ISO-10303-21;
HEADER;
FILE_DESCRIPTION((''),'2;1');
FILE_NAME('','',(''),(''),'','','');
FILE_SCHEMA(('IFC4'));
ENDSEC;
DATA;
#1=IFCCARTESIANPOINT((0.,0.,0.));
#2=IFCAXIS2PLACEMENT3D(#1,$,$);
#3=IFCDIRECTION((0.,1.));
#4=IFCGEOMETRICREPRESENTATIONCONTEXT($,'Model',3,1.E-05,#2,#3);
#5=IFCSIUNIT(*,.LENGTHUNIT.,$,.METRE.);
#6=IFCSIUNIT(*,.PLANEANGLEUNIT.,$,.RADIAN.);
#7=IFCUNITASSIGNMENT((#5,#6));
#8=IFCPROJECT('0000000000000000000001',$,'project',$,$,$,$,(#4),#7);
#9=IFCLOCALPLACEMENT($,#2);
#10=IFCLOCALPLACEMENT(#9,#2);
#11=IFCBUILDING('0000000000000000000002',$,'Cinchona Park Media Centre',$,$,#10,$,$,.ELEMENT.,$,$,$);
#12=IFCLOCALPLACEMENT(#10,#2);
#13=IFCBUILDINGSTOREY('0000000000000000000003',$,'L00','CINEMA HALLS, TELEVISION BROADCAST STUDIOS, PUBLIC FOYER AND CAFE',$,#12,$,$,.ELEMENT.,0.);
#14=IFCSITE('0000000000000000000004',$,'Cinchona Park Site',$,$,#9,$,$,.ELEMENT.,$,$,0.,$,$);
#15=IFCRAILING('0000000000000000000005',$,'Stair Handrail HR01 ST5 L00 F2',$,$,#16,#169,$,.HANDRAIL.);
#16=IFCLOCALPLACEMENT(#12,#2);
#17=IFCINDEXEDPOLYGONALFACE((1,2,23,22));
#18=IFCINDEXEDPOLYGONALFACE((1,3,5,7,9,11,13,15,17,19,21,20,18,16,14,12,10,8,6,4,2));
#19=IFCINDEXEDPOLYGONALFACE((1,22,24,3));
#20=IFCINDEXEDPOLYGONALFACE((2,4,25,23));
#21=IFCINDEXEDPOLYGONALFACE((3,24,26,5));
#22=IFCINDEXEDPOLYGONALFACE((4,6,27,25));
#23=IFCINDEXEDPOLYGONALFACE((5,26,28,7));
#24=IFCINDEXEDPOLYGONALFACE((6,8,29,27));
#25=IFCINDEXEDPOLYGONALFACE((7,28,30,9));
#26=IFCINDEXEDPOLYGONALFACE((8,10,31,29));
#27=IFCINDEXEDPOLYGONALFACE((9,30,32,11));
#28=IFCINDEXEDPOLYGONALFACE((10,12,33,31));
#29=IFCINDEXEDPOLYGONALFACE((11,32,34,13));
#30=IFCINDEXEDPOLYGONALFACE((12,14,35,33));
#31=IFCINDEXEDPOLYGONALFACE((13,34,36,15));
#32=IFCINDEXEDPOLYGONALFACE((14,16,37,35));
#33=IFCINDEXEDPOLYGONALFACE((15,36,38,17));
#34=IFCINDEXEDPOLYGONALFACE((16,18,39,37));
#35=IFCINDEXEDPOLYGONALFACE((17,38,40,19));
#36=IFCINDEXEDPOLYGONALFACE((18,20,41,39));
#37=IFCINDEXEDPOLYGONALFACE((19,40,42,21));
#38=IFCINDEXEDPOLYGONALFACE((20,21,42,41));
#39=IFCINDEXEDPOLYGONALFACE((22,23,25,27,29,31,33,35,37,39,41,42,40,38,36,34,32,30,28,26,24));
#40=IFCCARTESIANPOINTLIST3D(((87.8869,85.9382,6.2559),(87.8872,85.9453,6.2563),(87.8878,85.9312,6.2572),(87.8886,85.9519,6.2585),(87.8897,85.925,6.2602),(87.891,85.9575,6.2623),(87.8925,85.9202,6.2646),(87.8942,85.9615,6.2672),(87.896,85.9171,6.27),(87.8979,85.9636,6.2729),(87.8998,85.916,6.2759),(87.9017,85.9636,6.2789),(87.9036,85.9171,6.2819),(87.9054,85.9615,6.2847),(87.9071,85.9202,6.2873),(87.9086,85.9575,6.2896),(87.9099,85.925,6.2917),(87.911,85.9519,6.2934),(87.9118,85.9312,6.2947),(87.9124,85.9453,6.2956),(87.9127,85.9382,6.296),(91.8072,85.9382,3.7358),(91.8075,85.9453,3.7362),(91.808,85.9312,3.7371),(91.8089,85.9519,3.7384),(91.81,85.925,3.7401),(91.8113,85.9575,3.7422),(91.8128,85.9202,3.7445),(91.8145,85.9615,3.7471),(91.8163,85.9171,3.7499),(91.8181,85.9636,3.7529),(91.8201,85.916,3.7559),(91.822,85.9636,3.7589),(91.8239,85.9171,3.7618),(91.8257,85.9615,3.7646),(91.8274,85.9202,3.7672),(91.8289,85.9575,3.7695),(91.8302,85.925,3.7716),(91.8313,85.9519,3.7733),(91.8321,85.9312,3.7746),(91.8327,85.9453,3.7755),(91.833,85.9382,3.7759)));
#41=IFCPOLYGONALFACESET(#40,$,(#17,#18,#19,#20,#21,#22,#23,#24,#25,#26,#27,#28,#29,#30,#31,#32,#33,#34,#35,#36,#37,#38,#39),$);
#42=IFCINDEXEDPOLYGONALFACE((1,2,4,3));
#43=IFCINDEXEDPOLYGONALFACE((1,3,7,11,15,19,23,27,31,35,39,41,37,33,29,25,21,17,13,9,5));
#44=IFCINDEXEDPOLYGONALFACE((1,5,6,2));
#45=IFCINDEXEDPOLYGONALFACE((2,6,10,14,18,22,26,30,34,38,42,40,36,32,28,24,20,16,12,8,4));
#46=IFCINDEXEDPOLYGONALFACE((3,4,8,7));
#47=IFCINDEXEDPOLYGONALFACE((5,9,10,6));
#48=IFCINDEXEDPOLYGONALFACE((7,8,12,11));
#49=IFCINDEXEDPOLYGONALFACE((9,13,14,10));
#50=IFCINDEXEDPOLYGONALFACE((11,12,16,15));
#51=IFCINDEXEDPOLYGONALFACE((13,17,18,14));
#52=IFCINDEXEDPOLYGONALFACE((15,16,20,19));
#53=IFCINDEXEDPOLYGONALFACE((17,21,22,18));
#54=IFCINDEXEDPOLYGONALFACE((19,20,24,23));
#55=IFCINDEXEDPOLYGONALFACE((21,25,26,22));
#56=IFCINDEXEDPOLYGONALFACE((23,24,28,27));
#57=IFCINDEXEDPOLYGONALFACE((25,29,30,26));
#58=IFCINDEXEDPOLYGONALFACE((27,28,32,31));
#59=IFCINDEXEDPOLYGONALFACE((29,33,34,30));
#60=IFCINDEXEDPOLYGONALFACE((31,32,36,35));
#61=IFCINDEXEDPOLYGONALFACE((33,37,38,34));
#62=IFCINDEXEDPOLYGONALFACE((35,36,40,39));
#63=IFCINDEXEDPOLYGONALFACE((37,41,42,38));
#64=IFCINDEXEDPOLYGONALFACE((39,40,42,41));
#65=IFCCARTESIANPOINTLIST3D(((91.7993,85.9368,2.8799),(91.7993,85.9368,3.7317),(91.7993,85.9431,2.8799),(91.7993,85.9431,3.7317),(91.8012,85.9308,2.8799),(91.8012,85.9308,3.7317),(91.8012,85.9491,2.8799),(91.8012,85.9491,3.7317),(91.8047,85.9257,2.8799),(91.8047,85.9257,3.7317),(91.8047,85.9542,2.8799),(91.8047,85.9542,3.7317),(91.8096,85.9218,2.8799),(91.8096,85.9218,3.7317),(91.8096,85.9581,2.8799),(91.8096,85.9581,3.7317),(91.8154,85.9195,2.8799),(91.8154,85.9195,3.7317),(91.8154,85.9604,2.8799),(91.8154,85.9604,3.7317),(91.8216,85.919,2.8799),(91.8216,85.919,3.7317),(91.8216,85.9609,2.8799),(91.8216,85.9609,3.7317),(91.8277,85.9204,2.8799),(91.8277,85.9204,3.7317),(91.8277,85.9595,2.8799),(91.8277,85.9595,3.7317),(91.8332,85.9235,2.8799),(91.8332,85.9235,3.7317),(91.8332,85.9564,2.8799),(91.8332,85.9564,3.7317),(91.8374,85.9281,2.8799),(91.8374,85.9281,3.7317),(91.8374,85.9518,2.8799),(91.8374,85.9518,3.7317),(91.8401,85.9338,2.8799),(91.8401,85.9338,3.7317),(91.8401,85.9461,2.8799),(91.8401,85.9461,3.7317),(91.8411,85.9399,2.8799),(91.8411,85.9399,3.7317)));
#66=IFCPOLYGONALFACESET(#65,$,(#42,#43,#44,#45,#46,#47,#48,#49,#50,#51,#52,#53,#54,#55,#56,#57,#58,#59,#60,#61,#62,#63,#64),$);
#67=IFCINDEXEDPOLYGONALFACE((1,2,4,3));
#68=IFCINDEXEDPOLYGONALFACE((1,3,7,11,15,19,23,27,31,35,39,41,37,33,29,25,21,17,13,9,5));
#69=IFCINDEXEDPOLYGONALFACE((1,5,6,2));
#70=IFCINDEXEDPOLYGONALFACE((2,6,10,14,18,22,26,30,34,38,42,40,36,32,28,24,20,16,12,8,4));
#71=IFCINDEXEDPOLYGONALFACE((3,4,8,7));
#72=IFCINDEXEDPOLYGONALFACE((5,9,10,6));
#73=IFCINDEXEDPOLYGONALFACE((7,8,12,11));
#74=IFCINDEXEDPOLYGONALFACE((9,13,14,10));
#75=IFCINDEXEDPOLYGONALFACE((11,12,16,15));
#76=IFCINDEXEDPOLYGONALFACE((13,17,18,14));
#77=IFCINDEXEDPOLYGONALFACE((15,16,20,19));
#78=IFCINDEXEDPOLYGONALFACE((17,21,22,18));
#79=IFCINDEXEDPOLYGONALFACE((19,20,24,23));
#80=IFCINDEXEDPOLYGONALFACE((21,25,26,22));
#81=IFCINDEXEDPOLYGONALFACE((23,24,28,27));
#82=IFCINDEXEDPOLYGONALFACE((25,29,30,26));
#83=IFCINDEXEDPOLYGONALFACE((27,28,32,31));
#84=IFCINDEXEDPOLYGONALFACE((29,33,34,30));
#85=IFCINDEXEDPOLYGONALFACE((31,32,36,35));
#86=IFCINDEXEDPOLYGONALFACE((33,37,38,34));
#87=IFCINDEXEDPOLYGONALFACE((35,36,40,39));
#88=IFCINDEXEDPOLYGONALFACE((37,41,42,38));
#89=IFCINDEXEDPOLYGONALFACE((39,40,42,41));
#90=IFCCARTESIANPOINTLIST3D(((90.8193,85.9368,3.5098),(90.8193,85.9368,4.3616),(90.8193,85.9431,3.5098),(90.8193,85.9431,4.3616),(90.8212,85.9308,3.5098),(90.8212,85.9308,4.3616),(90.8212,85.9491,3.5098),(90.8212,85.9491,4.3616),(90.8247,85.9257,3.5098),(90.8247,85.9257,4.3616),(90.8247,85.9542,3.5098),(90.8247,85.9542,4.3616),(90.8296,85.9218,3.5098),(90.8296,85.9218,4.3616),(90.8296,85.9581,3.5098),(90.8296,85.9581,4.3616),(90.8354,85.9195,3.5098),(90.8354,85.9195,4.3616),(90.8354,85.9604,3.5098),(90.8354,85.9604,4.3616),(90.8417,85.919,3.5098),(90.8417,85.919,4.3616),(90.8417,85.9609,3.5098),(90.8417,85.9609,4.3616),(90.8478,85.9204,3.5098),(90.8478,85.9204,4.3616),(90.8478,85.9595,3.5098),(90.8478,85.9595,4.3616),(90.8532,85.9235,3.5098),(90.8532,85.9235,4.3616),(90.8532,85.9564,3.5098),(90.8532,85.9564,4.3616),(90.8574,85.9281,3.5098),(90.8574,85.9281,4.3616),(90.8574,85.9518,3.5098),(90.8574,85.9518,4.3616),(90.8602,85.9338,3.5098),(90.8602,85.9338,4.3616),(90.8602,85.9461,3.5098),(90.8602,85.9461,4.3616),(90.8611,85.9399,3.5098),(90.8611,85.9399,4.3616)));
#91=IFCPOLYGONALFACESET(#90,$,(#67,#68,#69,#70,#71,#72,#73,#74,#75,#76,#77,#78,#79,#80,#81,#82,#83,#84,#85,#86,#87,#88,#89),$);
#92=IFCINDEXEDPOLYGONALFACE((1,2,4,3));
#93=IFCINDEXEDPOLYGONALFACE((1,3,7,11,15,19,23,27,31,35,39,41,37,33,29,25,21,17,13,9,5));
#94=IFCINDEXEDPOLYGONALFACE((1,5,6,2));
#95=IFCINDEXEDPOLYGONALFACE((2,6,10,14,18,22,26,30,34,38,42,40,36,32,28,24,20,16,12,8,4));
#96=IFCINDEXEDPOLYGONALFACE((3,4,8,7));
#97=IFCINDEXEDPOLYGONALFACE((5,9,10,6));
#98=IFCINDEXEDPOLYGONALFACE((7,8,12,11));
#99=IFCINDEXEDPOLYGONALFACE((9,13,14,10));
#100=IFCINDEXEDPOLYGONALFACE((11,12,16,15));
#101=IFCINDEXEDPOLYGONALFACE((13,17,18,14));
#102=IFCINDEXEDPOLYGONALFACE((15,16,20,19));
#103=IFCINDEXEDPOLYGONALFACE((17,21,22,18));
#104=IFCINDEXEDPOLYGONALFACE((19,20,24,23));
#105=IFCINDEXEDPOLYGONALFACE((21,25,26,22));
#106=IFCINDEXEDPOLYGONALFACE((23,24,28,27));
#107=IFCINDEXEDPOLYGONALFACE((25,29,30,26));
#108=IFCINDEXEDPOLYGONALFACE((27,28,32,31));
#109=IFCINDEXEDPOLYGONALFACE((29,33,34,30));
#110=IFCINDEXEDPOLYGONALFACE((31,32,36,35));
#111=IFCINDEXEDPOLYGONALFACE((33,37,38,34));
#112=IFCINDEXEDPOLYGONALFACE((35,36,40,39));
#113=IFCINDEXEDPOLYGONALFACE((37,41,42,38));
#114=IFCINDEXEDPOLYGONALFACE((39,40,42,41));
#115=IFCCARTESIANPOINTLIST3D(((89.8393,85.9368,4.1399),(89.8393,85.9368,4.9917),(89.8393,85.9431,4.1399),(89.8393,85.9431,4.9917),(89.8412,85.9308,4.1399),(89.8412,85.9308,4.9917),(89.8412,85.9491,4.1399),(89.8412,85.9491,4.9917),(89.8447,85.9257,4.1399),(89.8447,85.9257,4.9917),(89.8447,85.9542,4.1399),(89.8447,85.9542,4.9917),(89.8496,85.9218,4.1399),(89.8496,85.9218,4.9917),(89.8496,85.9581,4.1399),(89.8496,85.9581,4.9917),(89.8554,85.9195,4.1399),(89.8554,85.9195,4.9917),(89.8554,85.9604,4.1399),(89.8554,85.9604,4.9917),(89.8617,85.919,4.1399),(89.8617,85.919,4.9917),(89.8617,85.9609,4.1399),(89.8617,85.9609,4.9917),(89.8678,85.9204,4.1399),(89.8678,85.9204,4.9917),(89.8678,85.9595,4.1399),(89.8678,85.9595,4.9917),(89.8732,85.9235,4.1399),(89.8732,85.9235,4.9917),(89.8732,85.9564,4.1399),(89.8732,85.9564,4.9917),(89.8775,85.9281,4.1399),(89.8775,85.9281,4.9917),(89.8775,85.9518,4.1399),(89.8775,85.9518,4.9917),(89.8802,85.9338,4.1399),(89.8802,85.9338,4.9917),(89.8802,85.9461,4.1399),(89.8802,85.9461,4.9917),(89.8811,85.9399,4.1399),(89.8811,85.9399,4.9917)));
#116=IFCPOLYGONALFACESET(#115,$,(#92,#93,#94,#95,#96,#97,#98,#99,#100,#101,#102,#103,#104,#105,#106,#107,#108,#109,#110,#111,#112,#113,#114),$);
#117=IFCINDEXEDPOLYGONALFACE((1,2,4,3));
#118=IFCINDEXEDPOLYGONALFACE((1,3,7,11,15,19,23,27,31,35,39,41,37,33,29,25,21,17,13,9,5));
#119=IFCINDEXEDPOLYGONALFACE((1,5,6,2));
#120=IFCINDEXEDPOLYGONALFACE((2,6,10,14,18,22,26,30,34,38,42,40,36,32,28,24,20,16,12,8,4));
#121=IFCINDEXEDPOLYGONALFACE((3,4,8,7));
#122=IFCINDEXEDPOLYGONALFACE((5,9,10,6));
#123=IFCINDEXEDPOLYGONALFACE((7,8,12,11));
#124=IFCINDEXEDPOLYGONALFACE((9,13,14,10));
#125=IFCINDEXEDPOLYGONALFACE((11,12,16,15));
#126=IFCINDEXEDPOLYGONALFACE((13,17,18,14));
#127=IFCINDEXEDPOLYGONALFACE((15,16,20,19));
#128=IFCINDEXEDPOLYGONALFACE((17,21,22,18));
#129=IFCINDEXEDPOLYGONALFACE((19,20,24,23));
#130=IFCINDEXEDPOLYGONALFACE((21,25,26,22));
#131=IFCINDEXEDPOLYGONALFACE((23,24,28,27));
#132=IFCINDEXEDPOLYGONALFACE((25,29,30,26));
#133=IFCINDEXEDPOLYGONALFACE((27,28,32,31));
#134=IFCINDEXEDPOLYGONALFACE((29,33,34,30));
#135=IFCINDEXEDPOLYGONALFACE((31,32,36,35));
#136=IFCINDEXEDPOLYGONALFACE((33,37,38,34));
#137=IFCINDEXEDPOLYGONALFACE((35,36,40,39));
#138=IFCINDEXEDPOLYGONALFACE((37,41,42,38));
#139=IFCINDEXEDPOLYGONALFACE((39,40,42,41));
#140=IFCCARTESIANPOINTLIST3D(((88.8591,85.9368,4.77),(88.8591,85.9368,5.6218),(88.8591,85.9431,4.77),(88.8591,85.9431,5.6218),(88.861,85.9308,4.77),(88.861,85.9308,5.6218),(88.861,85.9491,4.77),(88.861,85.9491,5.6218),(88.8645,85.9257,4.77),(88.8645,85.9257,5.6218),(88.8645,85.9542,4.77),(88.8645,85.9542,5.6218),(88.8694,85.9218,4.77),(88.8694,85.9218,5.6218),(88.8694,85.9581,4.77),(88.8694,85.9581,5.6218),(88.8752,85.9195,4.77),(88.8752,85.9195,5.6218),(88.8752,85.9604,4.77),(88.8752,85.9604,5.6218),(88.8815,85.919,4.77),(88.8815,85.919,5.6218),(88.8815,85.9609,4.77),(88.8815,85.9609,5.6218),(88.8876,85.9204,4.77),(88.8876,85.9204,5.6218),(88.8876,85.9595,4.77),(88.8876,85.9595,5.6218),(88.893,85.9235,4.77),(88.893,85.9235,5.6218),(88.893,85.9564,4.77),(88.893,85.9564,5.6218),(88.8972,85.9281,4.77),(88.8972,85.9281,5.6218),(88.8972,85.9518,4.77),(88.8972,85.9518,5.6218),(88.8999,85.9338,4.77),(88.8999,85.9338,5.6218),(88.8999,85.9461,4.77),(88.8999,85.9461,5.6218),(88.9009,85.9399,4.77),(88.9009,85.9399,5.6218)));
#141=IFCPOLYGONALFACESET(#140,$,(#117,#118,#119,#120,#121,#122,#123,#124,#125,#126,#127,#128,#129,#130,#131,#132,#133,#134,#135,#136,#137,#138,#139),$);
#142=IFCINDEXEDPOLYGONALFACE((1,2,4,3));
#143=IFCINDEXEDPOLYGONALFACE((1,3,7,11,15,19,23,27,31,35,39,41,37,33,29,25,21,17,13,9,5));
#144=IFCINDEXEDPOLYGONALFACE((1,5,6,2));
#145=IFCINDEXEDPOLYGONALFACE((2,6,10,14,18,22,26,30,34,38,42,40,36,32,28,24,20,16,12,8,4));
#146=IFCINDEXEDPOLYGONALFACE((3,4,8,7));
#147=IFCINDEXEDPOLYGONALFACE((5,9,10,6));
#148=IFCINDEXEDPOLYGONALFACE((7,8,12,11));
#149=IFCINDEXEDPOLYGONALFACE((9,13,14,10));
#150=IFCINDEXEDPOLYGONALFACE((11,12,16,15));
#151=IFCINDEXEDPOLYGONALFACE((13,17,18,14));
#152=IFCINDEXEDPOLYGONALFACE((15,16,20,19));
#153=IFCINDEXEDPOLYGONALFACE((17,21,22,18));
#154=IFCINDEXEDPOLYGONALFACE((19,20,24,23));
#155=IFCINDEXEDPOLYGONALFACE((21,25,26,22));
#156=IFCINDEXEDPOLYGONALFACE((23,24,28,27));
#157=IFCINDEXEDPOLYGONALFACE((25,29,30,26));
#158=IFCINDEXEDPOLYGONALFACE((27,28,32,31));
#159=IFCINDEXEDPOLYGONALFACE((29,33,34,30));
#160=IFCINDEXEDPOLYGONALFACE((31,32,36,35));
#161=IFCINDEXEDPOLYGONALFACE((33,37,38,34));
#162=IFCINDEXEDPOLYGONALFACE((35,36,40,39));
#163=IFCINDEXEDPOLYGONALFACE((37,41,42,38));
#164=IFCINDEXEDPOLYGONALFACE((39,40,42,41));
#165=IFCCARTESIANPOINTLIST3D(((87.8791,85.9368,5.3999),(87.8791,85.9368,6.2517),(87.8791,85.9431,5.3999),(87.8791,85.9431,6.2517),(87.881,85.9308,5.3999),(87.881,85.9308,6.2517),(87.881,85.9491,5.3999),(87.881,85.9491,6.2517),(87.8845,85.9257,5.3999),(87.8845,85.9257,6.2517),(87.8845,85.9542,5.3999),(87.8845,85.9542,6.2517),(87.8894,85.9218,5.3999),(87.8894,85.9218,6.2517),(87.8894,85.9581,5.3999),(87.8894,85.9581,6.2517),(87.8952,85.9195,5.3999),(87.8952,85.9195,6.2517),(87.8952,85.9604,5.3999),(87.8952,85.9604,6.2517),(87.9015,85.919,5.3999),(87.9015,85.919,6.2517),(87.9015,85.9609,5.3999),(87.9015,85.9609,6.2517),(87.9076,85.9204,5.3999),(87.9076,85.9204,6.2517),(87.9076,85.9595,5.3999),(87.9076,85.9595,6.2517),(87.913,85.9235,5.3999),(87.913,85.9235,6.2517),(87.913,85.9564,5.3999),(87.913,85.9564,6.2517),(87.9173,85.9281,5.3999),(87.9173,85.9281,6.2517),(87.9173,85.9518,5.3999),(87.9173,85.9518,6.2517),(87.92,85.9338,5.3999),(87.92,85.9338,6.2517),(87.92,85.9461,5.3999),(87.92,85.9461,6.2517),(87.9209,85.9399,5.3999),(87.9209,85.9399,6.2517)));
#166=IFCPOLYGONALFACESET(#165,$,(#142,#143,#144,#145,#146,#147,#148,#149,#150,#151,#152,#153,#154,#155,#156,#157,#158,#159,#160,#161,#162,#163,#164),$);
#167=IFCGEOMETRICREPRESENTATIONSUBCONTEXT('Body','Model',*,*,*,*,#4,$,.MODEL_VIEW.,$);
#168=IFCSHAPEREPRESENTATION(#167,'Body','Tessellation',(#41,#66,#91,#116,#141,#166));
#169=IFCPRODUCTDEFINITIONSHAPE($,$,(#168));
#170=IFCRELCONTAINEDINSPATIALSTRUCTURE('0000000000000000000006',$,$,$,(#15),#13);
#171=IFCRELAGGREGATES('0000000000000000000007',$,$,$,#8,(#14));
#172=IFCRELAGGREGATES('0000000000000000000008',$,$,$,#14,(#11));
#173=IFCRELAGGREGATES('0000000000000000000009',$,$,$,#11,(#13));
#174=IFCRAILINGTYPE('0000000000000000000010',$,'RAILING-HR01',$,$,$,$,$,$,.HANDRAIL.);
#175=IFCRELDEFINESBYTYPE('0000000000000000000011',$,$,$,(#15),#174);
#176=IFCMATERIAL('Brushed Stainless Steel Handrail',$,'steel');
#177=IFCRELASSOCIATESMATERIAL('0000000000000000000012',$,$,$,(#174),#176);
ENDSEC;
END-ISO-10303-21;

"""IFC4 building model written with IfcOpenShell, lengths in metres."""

from ifc_helpers import new_model, si_unit, direction, frame, origin, origin_2d, place, context, subcontext, project, spatial, circle, extrude, material, type_object, element, save


model = new_model("IFC4")

# Units and contexts
model_context = context("Model", 3, precision=1e-05, world=origin(), true_north=direction((0.0, 1.0)))
body_context = subcontext(model_context, "Body", "Model", "MODEL_VIEW")
ifc_project = project(units=[si_unit("LENGTHUNIT", "METRE"), si_unit("PLANEANGLEUNIT", "RADIAN")], contexts=[model_context])

# Site, building, storey
site_placement = place(None, origin())
site = spatial("IfcSite", under=ifc_project, at=site_placement, Name="Cinchona Park Site", CompositionType="ELEMENT", RefElevation=0.0)
building_placement = place(site_placement, origin())
building = spatial("IfcBuilding", under=site, at=building_placement, Name="Cinchona Park Media Centre", CompositionType="ELEMENT")
storey_placement = place(building_placement, origin())
storey = spatial("IfcBuildingStorey", under=building, at=storey_placement, Name="L00", Description="CINEMA HALLS, TELEVISION BROADCAST STUDIOS, PUBLIC FOYER AND CAFE", CompositionType="ELEMENT", Elevation=0.0)

# Railing
ifc_material_1 = material(Name="Brushed Stainless Steel Handrail", Category="steel")
railing_type_1 = type_object("IfcRailingType", Name="RAILING-HR01", PredefinedType="HANDRAIL", material=ifc_material_1)
railing_1_placement = place(storey_placement, frame((91.8201, 85.9399, 2.8799)))
element("IfcRailing", 1, at=railing_1_placement, inside=storey, type_object=railing_type_1, Name="Stair Handrail HR01 ST5 L00 F2", PredefinedType="HANDRAIL", context=body_context, shape_type="SweptSolid", body=[
    extrude(circle(Radius=0.0239, at=origin_2d()), frame((0.0, 0.0, 0.876), z_axis=(-0.841187, 0.0, 0.540744), x_axis=(0.0, -1.0, 0.0)), (0.0, 0.0, 1.0), 4.6604),
    extrude(circle(Radius=0.021, at=origin_2d()), origin(), (0.0, 0.0, 1.0), 0.8518),
    extrude(circle(Radius=0.021, at=origin_2d()), frame((-0.98, 0.0, 0.6299)), (0.0, 0.0, 1.0), 0.8518),
    extrude(circle(Radius=0.021, at=origin_2d()), frame((-1.96, 0.0, 1.26)), (0.0, 0.0, 1.0), 0.8518),
    extrude(circle(Radius=0.021, at=origin_2d()), frame((-2.9402, 0.0, 1.8901)), (0.0, 0.0, 1.0), 0.8518),
    extrude(circle(Radius=0.021, at=origin_2d()), frame((-3.9202, 0.0, 2.52)), (0.0, 0.0, 1.0), 0.8518),
])

save(model, "model.ifc")
